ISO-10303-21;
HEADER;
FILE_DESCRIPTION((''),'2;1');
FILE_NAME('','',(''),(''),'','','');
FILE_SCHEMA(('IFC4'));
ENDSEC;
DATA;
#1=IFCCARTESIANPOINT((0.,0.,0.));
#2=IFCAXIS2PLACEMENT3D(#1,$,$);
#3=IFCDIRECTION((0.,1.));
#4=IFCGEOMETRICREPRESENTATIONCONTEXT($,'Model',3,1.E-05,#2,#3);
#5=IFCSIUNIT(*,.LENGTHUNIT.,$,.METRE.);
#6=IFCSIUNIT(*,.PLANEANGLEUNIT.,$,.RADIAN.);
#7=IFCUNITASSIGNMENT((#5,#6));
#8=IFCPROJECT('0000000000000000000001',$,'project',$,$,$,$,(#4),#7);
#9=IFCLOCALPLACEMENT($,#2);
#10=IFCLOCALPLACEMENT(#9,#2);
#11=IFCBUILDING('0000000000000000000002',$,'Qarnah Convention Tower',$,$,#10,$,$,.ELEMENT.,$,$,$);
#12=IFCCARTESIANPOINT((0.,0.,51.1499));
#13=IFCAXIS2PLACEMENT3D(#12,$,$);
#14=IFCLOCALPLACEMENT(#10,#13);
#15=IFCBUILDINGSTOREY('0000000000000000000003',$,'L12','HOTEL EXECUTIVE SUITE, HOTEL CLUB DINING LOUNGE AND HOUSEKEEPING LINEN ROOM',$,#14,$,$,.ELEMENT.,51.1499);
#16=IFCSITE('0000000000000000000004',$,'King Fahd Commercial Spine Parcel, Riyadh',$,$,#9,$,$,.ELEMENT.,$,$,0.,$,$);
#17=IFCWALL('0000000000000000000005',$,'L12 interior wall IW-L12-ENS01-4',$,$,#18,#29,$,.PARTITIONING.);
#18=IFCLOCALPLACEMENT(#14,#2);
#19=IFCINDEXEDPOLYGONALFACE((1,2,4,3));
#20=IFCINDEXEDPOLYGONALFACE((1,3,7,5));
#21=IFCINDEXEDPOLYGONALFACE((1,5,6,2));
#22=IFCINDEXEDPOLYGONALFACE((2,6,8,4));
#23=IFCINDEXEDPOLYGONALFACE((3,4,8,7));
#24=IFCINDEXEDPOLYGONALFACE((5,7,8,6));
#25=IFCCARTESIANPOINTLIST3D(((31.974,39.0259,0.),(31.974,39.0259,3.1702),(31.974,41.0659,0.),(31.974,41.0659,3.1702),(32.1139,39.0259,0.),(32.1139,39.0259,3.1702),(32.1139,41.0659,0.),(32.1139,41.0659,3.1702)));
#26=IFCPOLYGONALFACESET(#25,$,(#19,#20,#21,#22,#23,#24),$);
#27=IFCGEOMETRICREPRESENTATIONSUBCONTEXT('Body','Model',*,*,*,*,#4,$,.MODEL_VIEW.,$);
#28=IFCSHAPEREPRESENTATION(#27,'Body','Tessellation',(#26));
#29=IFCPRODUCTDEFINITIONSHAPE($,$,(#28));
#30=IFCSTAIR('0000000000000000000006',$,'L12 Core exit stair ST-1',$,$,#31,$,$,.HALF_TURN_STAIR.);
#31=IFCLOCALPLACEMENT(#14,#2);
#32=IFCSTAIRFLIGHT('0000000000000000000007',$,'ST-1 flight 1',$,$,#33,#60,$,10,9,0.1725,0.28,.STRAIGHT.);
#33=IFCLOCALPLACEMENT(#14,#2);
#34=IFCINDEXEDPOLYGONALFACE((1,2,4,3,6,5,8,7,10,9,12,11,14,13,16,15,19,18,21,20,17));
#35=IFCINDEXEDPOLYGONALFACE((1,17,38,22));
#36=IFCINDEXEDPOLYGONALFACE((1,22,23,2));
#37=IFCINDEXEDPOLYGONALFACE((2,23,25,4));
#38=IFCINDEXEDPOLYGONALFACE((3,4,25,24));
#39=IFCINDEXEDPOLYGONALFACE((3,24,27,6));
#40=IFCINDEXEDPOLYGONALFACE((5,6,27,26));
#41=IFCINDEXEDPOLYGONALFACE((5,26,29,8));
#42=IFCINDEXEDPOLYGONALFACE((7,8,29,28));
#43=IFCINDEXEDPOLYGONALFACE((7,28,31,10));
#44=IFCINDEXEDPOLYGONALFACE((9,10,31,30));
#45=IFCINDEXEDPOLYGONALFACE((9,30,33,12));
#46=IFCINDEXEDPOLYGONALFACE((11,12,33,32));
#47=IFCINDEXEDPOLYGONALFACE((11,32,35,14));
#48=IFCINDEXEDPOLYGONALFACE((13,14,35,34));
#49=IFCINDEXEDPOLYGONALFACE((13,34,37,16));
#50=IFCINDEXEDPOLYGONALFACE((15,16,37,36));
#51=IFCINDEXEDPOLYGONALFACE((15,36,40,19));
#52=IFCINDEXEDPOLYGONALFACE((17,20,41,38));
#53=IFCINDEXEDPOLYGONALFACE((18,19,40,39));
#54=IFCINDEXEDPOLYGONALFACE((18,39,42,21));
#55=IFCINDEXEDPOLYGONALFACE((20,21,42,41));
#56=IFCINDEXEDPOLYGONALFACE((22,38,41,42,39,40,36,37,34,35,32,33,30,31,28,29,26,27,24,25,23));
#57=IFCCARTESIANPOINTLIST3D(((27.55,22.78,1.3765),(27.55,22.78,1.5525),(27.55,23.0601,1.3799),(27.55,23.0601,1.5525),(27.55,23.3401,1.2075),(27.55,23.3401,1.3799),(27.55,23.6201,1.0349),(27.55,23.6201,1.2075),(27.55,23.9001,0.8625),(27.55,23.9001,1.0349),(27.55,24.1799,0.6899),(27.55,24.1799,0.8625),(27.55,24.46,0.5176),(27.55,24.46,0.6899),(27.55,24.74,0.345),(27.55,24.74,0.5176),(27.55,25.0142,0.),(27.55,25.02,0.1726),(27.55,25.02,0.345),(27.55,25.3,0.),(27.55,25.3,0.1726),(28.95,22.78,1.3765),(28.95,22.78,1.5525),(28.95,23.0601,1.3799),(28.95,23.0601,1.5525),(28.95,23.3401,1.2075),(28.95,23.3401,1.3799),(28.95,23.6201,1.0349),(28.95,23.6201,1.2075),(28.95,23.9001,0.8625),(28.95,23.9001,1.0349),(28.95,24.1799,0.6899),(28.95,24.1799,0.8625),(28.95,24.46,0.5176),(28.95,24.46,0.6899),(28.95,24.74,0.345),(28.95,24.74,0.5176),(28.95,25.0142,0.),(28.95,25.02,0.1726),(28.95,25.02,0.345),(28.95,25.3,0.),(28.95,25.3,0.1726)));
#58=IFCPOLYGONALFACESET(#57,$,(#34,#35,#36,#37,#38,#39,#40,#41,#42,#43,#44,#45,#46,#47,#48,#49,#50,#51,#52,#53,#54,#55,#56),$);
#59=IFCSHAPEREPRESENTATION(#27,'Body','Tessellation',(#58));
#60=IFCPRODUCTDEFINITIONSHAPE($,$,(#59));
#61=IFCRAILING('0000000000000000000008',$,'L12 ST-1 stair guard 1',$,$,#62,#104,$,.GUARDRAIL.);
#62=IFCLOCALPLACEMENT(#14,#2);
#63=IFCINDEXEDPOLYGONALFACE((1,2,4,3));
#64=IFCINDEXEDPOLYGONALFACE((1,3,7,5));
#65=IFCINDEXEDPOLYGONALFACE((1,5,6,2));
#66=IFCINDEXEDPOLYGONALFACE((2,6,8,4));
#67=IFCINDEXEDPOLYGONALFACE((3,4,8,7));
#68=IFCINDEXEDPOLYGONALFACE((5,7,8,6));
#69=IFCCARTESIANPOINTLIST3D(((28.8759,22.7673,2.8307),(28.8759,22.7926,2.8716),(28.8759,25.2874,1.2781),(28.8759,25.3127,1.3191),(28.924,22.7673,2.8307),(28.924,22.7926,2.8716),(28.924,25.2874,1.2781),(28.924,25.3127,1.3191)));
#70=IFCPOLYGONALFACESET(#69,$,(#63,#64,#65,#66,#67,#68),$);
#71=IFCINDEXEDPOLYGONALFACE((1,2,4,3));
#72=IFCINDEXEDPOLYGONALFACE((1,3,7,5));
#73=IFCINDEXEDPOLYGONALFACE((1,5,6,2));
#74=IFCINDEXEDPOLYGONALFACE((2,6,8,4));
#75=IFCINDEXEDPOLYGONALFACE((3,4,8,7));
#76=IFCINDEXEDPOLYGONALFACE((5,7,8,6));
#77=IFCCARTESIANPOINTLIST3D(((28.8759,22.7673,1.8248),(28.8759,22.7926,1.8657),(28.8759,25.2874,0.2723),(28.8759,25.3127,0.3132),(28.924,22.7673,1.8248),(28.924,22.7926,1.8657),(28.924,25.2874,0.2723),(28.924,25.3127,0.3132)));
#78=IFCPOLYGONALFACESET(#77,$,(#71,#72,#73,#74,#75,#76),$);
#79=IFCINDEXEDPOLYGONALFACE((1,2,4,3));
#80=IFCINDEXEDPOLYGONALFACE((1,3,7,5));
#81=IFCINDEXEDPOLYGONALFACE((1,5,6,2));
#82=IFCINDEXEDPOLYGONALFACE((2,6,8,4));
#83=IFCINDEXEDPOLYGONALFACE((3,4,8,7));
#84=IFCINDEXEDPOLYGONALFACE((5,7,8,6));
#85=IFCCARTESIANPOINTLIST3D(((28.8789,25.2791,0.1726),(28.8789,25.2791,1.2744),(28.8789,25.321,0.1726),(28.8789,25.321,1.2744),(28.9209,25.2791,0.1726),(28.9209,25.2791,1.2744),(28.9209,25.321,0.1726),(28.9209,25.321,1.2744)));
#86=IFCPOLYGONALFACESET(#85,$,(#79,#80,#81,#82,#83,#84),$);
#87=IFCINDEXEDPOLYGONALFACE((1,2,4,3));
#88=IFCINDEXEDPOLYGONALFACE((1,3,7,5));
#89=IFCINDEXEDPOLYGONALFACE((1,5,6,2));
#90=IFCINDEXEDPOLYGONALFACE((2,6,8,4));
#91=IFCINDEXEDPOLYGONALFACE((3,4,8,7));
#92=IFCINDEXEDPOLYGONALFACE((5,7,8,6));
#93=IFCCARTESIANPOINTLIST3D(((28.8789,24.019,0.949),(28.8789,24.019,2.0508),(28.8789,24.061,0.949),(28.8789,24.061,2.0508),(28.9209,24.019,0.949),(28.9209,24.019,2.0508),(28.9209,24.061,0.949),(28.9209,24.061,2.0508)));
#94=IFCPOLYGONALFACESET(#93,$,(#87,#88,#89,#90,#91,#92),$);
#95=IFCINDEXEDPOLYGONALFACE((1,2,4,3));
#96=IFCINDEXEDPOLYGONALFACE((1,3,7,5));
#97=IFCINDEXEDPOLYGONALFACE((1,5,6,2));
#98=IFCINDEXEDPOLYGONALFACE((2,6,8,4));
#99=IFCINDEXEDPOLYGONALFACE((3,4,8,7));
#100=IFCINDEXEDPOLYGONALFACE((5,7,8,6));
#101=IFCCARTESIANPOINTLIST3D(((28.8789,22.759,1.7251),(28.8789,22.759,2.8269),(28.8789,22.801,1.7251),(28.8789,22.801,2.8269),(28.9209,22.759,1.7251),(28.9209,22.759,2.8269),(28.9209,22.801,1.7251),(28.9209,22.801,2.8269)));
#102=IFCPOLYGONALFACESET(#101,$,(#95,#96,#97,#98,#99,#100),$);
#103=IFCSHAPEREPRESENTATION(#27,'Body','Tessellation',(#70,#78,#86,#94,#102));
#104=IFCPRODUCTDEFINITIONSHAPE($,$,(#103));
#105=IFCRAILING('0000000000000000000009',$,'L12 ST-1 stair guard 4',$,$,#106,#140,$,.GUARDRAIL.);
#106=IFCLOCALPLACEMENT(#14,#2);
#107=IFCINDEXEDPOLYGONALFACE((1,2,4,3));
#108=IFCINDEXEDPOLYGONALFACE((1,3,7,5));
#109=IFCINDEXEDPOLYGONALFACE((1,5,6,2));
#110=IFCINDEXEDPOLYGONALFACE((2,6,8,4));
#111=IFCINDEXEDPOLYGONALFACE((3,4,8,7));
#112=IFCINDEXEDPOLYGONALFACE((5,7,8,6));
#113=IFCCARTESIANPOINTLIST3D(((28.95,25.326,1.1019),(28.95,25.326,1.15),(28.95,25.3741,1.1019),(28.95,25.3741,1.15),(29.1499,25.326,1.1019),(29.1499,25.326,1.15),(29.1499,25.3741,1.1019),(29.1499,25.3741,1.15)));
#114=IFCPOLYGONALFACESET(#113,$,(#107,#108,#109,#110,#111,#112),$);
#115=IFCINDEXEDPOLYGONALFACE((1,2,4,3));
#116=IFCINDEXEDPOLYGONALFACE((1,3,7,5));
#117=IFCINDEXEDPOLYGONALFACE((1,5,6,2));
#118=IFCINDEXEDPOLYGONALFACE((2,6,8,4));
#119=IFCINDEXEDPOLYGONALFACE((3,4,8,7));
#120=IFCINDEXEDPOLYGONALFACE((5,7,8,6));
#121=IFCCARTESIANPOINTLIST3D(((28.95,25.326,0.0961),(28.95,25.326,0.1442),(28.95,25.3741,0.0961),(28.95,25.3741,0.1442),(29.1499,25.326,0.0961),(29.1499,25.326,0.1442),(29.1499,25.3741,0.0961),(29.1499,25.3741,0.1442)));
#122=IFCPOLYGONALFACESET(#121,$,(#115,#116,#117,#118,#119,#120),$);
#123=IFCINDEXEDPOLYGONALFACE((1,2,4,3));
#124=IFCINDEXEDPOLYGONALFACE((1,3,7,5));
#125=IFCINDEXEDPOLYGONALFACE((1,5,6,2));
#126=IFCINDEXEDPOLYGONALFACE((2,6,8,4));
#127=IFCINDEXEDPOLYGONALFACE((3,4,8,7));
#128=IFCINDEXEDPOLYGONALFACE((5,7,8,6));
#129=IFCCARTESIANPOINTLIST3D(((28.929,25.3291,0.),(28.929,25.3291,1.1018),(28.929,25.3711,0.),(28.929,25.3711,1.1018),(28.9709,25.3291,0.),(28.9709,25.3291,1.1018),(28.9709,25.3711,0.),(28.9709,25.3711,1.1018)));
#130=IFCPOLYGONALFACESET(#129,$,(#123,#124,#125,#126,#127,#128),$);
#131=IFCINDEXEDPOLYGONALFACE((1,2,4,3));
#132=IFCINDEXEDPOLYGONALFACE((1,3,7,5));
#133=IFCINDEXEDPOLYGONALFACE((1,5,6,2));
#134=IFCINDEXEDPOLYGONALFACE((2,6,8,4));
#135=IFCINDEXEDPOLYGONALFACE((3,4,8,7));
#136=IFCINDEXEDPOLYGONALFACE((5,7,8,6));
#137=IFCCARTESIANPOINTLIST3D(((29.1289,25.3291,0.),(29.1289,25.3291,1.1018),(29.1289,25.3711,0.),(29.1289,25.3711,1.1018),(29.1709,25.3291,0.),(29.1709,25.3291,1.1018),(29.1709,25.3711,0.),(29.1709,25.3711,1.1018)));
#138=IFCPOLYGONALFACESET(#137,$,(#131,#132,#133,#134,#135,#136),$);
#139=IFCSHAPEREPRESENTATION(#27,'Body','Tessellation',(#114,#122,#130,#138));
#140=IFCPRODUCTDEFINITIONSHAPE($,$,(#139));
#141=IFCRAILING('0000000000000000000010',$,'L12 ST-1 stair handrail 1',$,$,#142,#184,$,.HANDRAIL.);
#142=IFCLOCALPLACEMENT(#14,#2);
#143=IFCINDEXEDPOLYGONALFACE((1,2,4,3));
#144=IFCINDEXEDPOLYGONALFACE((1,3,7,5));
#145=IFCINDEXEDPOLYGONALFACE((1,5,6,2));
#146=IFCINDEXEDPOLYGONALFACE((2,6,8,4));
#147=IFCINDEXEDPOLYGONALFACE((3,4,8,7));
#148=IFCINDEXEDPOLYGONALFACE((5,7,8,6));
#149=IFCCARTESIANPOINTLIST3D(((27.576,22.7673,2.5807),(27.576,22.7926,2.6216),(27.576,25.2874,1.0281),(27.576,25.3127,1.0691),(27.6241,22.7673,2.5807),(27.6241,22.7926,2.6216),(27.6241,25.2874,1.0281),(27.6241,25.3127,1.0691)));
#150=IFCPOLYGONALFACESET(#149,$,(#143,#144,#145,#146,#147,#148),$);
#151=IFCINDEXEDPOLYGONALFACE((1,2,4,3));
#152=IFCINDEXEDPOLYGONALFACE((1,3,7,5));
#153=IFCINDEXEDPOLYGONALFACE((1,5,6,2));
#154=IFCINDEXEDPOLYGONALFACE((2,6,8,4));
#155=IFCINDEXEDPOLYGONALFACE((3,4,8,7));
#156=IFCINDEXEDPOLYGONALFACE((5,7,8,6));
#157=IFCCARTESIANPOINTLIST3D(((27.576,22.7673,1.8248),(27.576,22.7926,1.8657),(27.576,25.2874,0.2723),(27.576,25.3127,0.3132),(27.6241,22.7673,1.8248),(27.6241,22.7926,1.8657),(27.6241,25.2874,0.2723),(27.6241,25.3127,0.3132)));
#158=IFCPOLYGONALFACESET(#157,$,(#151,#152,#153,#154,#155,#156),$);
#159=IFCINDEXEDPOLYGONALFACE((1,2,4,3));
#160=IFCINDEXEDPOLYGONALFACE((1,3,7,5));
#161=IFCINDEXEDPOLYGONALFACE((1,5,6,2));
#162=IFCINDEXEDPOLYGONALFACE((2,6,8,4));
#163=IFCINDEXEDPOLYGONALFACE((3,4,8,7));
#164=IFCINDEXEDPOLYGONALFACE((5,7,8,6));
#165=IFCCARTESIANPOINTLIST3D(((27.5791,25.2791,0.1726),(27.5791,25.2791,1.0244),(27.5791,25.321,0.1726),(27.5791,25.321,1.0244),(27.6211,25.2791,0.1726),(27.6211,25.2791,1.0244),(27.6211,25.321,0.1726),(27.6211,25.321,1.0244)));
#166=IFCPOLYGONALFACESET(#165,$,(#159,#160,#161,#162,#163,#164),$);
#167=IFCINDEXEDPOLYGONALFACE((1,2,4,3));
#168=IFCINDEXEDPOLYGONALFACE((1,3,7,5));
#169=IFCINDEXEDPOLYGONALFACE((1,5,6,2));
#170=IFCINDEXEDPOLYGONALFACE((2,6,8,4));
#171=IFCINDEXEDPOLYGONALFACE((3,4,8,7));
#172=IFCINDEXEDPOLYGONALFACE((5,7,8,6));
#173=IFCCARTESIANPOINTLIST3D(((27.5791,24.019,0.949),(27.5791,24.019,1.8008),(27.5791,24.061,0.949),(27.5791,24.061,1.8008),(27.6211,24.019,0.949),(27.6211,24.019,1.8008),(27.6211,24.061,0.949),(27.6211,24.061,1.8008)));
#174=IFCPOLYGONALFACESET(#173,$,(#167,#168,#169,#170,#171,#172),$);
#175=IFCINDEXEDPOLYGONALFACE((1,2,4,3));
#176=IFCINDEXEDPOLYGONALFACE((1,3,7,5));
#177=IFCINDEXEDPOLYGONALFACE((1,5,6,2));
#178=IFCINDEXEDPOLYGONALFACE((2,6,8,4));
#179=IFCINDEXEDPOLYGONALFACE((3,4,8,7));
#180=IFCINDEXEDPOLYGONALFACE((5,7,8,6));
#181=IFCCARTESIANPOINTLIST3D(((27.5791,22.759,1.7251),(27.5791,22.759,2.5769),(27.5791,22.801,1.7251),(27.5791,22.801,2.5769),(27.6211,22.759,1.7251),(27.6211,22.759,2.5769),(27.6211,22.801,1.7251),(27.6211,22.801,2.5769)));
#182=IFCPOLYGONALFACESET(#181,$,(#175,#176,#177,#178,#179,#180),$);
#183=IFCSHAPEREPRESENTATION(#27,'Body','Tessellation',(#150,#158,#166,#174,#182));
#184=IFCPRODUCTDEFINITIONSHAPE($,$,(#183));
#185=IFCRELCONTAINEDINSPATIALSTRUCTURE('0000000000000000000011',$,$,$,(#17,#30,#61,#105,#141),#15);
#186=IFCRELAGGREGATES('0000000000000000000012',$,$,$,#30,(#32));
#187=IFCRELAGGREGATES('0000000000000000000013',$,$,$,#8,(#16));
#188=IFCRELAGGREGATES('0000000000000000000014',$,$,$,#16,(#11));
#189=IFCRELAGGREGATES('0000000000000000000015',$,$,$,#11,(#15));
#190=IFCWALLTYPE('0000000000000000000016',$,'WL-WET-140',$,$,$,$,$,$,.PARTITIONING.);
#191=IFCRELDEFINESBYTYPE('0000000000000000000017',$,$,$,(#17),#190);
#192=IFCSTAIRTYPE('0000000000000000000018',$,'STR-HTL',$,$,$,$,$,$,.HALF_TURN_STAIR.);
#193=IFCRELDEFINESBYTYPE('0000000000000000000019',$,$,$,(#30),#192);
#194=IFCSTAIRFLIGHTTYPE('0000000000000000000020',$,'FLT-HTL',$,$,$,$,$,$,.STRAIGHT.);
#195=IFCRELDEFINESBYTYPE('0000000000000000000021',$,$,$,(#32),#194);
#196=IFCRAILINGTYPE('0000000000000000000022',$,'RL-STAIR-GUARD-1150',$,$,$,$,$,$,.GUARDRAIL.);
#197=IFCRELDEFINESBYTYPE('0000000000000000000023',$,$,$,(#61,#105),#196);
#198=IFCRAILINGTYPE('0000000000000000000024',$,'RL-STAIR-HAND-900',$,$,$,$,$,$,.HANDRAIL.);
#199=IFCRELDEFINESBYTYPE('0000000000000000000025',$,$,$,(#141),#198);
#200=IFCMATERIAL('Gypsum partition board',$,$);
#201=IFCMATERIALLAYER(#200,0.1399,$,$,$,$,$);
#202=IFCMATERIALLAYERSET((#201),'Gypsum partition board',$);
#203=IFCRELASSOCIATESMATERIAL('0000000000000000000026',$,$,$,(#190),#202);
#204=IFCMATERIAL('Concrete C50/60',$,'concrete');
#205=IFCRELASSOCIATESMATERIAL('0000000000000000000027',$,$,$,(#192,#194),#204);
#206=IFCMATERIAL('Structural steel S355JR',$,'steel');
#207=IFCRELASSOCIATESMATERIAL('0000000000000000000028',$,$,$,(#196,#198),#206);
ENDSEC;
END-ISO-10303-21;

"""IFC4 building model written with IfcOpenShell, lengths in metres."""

from ifc_helpers import new_model, si_unit, direction, frame, frame_2d, origin, origin_2d, place, context, subcontext, project, spatial, polyline, rectangle, outline, extrude, material, layer, layer_set, type_object, element, aggregate, save


model = new_model("IFC4")

# Units and contexts
model_context = context("Model", 3, precision=1e-05, world=origin(), true_north=direction((0.0, 1.0)))
body_context = subcontext(model_context, "Body", "Model", "MODEL_VIEW")
ifc_project = project(units=[si_unit("LENGTHUNIT", "METRE"), si_unit("PLANEANGLEUNIT", "RADIAN")], contexts=[model_context])

# Site, building, storey
site_placement = place(None, origin())
site = spatial("IfcSite", under=ifc_project, at=site_placement, Name="King Fahd Commercial Spine Parcel, Riyadh", CompositionType="ELEMENT", RefElevation=0.0)
building_placement = place(site_placement, origin())
building = spatial("IfcBuilding", under=site, at=building_placement, Name="Qarnah Convention Tower", CompositionType="ELEMENT")
storey_placement = place(building_placement, frame((0.0, 0.0, 51.1499)))
storey = spatial("IfcBuildingStorey", under=building, at=storey_placement, Name="L12", Description="HOTEL EXECUTIVE SUITE, HOTEL CLUB DINING LOUNGE AND HOUSEKEEPING LINEN ROOM", CompositionType="ELEMENT", Elevation=51.1499)

# Shared definitions
ifc_material_1 = material(Name="Structural steel S355JR", Category="steel")

# Shared definitions
ifc_material_2 = material(Name="Gypsum partition board")
ifc_layer_1 = layer(ifc_material_2, 0.1399)
ifc_layer_set_1 = layer_set([ifc_layer_1], Name="Gypsum partition board")
wall_type_1 = type_object("IfcWallType", Name="WL-WET-140", PredefinedType="PARTITIONING", material=ifc_layer_set_1)

# Wall
wall_1_placement = place(storey_placement, frame((32.0439, 41.0659, 0.0), z_axis=(0.0, 0.0, 1.0), x_axis=(0.0, -1.0, 0.0)))
element("IfcWall", 1, at=wall_1_placement, inside=storey, type_object=wall_type_1, Name="L12 interior wall IW-L12-ENS01-4", PredefinedType="PARTITIONING", context=body_context, shape_type="SweptSolid", body=[
    extrude(rectangle(XDim=2.04, YDim=0.1399, at=frame_2d((1.02, 0.0))), origin(), (0.0, 0.0, 1.0), 3.1702),
])

# Stair, stair flight
ifc_material_3 = material(Name="Concrete C50/60", Category="concrete")
stair_type = type_object("IfcStairType", Name="STR-HTL", PredefinedType="HALF_TURN_STAIR", material=ifc_material_3)
stair_placement = place(storey_placement, origin())
stair = element("IfcStair", 2, at=stair_placement, inside=storey, type_object=stair_type, Name="L12 Core exit stair ST-1", PredefinedType="HALF_TURN_STAIR")
stair_flight_type = type_object("IfcStairFlightType", Name="FLT-HTL", PredefinedType="STRAIGHT", material=ifc_material_3)
stair_flight_placement = place(storey_placement, frame((28.25, 25.3, 0.0), z_axis=(0.0, 0.0, 1.0), x_axis=(0.0, -1.0, 0.0)))
stair_flight = element("IfcStairFlight", 3, at=stair_flight_placement, type_object=stair_flight_type, Name="ST-1 flight 1", NumberOfRisers=10, NumberOfTreads=9, PredefinedType="STRAIGHT", RiserHeight=0.1725, TreadLength=0.28, context=body_context, shape_type="SweptSolid", body=[
    extrude(outline(polyline([(0.0, 0.0), (0.0, 0.1726), (0.28, 0.1726), (0.28, 0.345), (0.5601, 0.345), (0.5601, 0.5176), (0.8401, 0.5176), (0.8401, 0.6899), (1.1201, 0.6899), (1.1201, 0.8625), (1.3999, 0.8625), (1.3999, 1.0349), (1.6799, 1.0349), (1.6799, 1.2075), (1.96, 1.2075), (1.96, 1.3799), (2.24, 1.3799), (2.24, 1.5525), (2.52, 1.5525), (2.52, 1.7251), (2.52, 1.3765), (0.2859, 0.0), (0.0, 0.0)])), frame((0.0, 0.7, 0.0), z_axis=(0.0, -1.0, 0.0), x_axis=(1.0, 0.0, 0.0)), (0.0, 0.0, 1.0), 1.3999),
])
aggregate(stair, [stair_flight])

# Railings
railing_type_1 = type_object("IfcRailingType", Name="RL-STAIR-GUARD-1150", PredefinedType="GUARDRAIL", material=ifc_material_1)
railing_1_placement = place(storey_placement, frame((28.8999, 25.3, 0.1726)))
element("IfcRailing", 4, at=railing_1_placement, inside=storey, type_object=railing_type_1, Name="L12 ST-1 stair guard 1", PredefinedType="GUARDRAIL", context=body_context, shape_type="SweptSolid", body=[
    extrude(rectangle(XDim=0.0481, YDim=0.0481, at=origin_2d()), frame((0.0, 0.0, 1.126), z_axis=(0.0, -0.8514, 0.524516), x_axis=(1.0, 0.0, 0.0)), (0.0, 0.0, 1.0), 2.96),
    extrude(rectangle(XDim=0.0481, YDim=0.0481, at=origin_2d()), frame((0.0, 0.0, 0.1201), z_axis=(0.0, -0.8514, 0.524516), x_axis=(1.0, 0.0, 0.0)), (0.0, 0.0, 1.0), 2.96),
    extrude(rectangle(XDim=0.042, YDim=0.042, at=origin_2d()), origin(), (0.0, 0.0, 1.0), 1.1018),
    extrude(rectangle(XDim=0.042, YDim=0.042, at=origin_2d()), frame((0.0, -1.26, 0.7764)), (0.0, 0.0, 1.0), 1.1018),
    extrude(rectangle(XDim=0.042, YDim=0.042, at=origin_2d()), frame((0.0, -2.52, 1.5525)), (0.0, 0.0, 1.0), 1.1018),
])
railing_2_placement = place(storey_placement, frame((28.95, 25.3501, 0.0)))
element("IfcRailing", 5, at=railing_2_placement, inside=storey, type_object=railing_type_1, Name="L12 ST-1 stair guard 4", PredefinedType="GUARDRAIL", context=body_context, shape_type="SweptSolid", body=[
    extrude(rectangle(XDim=0.0481, YDim=0.0481, at=origin_2d()), frame((0.0, 0.0, 1.126), z_axis=(1.0, 0.0, 0.0), x_axis=(0.0, 1.0, 0.0)), (0.0, 0.0, 1.0), 0.2),
    extrude(rectangle(XDim=0.0481, YDim=0.0481, at=origin_2d()), frame((0.0, 0.0, 0.1201), z_axis=(1.0, 0.0, 0.0), x_axis=(0.0, 1.0, 0.0)), (0.0, 0.0, 1.0), 0.2),
    extrude(rectangle(XDim=0.042, YDim=0.042, at=origin_2d()), origin(), (0.0, 0.0, 1.0), 1.1018),
    extrude(rectangle(XDim=0.042, YDim=0.042, at=origin_2d()), frame((0.2, 0.0, 0.0)), (0.0, 0.0, 1.0), 1.1018),
])
railing_type_2 = type_object("IfcRailingType", Name="RL-STAIR-HAND-900", PredefinedType="HANDRAIL", material=ifc_material_1)
railing_3_placement = place(storey_placement, frame((27.6001, 25.3, 0.1726)))
element("IfcRailing", 6, at=railing_3_placement, inside=storey, type_object=railing_type_2, Name="L12 ST-1 stair handrail 1", PredefinedType="HANDRAIL", context=body_context, shape_type="SweptSolid", body=[
    extrude(rectangle(XDim=0.0481, YDim=0.0481, at=origin_2d()), frame((0.0, 0.0, 0.876), z_axis=(0.0, -0.8514, 0.524516), x_axis=(1.0, 0.0, 0.0)), (0.0, 0.0, 1.0), 2.96),
    extrude(rectangle(XDim=0.0481, YDim=0.0481, at=origin_2d()), frame((0.0, 0.0, 0.1201), z_axis=(0.0, -0.8514, 0.524516), x_axis=(1.0, 0.0, 0.0)), (0.0, 0.0, 1.0), 2.96),
    extrude(rectangle(XDim=0.042, YDim=0.042, at=origin_2d()), origin(), (0.0, 0.0, 1.0), 0.8518),
    extrude(rectangle(XDim=0.042, YDim=0.042, at=origin_2d()), frame((0.0, -1.26, 0.7764)), (0.0, 0.0, 1.0), 0.8518),
    extrude(rectangle(XDim=0.042, YDim=0.042, at=origin_2d()), frame((0.0, -2.52, 1.5525)), (0.0, 0.0, 1.0), 0.8518),
])

save(model, "model.ifc")
